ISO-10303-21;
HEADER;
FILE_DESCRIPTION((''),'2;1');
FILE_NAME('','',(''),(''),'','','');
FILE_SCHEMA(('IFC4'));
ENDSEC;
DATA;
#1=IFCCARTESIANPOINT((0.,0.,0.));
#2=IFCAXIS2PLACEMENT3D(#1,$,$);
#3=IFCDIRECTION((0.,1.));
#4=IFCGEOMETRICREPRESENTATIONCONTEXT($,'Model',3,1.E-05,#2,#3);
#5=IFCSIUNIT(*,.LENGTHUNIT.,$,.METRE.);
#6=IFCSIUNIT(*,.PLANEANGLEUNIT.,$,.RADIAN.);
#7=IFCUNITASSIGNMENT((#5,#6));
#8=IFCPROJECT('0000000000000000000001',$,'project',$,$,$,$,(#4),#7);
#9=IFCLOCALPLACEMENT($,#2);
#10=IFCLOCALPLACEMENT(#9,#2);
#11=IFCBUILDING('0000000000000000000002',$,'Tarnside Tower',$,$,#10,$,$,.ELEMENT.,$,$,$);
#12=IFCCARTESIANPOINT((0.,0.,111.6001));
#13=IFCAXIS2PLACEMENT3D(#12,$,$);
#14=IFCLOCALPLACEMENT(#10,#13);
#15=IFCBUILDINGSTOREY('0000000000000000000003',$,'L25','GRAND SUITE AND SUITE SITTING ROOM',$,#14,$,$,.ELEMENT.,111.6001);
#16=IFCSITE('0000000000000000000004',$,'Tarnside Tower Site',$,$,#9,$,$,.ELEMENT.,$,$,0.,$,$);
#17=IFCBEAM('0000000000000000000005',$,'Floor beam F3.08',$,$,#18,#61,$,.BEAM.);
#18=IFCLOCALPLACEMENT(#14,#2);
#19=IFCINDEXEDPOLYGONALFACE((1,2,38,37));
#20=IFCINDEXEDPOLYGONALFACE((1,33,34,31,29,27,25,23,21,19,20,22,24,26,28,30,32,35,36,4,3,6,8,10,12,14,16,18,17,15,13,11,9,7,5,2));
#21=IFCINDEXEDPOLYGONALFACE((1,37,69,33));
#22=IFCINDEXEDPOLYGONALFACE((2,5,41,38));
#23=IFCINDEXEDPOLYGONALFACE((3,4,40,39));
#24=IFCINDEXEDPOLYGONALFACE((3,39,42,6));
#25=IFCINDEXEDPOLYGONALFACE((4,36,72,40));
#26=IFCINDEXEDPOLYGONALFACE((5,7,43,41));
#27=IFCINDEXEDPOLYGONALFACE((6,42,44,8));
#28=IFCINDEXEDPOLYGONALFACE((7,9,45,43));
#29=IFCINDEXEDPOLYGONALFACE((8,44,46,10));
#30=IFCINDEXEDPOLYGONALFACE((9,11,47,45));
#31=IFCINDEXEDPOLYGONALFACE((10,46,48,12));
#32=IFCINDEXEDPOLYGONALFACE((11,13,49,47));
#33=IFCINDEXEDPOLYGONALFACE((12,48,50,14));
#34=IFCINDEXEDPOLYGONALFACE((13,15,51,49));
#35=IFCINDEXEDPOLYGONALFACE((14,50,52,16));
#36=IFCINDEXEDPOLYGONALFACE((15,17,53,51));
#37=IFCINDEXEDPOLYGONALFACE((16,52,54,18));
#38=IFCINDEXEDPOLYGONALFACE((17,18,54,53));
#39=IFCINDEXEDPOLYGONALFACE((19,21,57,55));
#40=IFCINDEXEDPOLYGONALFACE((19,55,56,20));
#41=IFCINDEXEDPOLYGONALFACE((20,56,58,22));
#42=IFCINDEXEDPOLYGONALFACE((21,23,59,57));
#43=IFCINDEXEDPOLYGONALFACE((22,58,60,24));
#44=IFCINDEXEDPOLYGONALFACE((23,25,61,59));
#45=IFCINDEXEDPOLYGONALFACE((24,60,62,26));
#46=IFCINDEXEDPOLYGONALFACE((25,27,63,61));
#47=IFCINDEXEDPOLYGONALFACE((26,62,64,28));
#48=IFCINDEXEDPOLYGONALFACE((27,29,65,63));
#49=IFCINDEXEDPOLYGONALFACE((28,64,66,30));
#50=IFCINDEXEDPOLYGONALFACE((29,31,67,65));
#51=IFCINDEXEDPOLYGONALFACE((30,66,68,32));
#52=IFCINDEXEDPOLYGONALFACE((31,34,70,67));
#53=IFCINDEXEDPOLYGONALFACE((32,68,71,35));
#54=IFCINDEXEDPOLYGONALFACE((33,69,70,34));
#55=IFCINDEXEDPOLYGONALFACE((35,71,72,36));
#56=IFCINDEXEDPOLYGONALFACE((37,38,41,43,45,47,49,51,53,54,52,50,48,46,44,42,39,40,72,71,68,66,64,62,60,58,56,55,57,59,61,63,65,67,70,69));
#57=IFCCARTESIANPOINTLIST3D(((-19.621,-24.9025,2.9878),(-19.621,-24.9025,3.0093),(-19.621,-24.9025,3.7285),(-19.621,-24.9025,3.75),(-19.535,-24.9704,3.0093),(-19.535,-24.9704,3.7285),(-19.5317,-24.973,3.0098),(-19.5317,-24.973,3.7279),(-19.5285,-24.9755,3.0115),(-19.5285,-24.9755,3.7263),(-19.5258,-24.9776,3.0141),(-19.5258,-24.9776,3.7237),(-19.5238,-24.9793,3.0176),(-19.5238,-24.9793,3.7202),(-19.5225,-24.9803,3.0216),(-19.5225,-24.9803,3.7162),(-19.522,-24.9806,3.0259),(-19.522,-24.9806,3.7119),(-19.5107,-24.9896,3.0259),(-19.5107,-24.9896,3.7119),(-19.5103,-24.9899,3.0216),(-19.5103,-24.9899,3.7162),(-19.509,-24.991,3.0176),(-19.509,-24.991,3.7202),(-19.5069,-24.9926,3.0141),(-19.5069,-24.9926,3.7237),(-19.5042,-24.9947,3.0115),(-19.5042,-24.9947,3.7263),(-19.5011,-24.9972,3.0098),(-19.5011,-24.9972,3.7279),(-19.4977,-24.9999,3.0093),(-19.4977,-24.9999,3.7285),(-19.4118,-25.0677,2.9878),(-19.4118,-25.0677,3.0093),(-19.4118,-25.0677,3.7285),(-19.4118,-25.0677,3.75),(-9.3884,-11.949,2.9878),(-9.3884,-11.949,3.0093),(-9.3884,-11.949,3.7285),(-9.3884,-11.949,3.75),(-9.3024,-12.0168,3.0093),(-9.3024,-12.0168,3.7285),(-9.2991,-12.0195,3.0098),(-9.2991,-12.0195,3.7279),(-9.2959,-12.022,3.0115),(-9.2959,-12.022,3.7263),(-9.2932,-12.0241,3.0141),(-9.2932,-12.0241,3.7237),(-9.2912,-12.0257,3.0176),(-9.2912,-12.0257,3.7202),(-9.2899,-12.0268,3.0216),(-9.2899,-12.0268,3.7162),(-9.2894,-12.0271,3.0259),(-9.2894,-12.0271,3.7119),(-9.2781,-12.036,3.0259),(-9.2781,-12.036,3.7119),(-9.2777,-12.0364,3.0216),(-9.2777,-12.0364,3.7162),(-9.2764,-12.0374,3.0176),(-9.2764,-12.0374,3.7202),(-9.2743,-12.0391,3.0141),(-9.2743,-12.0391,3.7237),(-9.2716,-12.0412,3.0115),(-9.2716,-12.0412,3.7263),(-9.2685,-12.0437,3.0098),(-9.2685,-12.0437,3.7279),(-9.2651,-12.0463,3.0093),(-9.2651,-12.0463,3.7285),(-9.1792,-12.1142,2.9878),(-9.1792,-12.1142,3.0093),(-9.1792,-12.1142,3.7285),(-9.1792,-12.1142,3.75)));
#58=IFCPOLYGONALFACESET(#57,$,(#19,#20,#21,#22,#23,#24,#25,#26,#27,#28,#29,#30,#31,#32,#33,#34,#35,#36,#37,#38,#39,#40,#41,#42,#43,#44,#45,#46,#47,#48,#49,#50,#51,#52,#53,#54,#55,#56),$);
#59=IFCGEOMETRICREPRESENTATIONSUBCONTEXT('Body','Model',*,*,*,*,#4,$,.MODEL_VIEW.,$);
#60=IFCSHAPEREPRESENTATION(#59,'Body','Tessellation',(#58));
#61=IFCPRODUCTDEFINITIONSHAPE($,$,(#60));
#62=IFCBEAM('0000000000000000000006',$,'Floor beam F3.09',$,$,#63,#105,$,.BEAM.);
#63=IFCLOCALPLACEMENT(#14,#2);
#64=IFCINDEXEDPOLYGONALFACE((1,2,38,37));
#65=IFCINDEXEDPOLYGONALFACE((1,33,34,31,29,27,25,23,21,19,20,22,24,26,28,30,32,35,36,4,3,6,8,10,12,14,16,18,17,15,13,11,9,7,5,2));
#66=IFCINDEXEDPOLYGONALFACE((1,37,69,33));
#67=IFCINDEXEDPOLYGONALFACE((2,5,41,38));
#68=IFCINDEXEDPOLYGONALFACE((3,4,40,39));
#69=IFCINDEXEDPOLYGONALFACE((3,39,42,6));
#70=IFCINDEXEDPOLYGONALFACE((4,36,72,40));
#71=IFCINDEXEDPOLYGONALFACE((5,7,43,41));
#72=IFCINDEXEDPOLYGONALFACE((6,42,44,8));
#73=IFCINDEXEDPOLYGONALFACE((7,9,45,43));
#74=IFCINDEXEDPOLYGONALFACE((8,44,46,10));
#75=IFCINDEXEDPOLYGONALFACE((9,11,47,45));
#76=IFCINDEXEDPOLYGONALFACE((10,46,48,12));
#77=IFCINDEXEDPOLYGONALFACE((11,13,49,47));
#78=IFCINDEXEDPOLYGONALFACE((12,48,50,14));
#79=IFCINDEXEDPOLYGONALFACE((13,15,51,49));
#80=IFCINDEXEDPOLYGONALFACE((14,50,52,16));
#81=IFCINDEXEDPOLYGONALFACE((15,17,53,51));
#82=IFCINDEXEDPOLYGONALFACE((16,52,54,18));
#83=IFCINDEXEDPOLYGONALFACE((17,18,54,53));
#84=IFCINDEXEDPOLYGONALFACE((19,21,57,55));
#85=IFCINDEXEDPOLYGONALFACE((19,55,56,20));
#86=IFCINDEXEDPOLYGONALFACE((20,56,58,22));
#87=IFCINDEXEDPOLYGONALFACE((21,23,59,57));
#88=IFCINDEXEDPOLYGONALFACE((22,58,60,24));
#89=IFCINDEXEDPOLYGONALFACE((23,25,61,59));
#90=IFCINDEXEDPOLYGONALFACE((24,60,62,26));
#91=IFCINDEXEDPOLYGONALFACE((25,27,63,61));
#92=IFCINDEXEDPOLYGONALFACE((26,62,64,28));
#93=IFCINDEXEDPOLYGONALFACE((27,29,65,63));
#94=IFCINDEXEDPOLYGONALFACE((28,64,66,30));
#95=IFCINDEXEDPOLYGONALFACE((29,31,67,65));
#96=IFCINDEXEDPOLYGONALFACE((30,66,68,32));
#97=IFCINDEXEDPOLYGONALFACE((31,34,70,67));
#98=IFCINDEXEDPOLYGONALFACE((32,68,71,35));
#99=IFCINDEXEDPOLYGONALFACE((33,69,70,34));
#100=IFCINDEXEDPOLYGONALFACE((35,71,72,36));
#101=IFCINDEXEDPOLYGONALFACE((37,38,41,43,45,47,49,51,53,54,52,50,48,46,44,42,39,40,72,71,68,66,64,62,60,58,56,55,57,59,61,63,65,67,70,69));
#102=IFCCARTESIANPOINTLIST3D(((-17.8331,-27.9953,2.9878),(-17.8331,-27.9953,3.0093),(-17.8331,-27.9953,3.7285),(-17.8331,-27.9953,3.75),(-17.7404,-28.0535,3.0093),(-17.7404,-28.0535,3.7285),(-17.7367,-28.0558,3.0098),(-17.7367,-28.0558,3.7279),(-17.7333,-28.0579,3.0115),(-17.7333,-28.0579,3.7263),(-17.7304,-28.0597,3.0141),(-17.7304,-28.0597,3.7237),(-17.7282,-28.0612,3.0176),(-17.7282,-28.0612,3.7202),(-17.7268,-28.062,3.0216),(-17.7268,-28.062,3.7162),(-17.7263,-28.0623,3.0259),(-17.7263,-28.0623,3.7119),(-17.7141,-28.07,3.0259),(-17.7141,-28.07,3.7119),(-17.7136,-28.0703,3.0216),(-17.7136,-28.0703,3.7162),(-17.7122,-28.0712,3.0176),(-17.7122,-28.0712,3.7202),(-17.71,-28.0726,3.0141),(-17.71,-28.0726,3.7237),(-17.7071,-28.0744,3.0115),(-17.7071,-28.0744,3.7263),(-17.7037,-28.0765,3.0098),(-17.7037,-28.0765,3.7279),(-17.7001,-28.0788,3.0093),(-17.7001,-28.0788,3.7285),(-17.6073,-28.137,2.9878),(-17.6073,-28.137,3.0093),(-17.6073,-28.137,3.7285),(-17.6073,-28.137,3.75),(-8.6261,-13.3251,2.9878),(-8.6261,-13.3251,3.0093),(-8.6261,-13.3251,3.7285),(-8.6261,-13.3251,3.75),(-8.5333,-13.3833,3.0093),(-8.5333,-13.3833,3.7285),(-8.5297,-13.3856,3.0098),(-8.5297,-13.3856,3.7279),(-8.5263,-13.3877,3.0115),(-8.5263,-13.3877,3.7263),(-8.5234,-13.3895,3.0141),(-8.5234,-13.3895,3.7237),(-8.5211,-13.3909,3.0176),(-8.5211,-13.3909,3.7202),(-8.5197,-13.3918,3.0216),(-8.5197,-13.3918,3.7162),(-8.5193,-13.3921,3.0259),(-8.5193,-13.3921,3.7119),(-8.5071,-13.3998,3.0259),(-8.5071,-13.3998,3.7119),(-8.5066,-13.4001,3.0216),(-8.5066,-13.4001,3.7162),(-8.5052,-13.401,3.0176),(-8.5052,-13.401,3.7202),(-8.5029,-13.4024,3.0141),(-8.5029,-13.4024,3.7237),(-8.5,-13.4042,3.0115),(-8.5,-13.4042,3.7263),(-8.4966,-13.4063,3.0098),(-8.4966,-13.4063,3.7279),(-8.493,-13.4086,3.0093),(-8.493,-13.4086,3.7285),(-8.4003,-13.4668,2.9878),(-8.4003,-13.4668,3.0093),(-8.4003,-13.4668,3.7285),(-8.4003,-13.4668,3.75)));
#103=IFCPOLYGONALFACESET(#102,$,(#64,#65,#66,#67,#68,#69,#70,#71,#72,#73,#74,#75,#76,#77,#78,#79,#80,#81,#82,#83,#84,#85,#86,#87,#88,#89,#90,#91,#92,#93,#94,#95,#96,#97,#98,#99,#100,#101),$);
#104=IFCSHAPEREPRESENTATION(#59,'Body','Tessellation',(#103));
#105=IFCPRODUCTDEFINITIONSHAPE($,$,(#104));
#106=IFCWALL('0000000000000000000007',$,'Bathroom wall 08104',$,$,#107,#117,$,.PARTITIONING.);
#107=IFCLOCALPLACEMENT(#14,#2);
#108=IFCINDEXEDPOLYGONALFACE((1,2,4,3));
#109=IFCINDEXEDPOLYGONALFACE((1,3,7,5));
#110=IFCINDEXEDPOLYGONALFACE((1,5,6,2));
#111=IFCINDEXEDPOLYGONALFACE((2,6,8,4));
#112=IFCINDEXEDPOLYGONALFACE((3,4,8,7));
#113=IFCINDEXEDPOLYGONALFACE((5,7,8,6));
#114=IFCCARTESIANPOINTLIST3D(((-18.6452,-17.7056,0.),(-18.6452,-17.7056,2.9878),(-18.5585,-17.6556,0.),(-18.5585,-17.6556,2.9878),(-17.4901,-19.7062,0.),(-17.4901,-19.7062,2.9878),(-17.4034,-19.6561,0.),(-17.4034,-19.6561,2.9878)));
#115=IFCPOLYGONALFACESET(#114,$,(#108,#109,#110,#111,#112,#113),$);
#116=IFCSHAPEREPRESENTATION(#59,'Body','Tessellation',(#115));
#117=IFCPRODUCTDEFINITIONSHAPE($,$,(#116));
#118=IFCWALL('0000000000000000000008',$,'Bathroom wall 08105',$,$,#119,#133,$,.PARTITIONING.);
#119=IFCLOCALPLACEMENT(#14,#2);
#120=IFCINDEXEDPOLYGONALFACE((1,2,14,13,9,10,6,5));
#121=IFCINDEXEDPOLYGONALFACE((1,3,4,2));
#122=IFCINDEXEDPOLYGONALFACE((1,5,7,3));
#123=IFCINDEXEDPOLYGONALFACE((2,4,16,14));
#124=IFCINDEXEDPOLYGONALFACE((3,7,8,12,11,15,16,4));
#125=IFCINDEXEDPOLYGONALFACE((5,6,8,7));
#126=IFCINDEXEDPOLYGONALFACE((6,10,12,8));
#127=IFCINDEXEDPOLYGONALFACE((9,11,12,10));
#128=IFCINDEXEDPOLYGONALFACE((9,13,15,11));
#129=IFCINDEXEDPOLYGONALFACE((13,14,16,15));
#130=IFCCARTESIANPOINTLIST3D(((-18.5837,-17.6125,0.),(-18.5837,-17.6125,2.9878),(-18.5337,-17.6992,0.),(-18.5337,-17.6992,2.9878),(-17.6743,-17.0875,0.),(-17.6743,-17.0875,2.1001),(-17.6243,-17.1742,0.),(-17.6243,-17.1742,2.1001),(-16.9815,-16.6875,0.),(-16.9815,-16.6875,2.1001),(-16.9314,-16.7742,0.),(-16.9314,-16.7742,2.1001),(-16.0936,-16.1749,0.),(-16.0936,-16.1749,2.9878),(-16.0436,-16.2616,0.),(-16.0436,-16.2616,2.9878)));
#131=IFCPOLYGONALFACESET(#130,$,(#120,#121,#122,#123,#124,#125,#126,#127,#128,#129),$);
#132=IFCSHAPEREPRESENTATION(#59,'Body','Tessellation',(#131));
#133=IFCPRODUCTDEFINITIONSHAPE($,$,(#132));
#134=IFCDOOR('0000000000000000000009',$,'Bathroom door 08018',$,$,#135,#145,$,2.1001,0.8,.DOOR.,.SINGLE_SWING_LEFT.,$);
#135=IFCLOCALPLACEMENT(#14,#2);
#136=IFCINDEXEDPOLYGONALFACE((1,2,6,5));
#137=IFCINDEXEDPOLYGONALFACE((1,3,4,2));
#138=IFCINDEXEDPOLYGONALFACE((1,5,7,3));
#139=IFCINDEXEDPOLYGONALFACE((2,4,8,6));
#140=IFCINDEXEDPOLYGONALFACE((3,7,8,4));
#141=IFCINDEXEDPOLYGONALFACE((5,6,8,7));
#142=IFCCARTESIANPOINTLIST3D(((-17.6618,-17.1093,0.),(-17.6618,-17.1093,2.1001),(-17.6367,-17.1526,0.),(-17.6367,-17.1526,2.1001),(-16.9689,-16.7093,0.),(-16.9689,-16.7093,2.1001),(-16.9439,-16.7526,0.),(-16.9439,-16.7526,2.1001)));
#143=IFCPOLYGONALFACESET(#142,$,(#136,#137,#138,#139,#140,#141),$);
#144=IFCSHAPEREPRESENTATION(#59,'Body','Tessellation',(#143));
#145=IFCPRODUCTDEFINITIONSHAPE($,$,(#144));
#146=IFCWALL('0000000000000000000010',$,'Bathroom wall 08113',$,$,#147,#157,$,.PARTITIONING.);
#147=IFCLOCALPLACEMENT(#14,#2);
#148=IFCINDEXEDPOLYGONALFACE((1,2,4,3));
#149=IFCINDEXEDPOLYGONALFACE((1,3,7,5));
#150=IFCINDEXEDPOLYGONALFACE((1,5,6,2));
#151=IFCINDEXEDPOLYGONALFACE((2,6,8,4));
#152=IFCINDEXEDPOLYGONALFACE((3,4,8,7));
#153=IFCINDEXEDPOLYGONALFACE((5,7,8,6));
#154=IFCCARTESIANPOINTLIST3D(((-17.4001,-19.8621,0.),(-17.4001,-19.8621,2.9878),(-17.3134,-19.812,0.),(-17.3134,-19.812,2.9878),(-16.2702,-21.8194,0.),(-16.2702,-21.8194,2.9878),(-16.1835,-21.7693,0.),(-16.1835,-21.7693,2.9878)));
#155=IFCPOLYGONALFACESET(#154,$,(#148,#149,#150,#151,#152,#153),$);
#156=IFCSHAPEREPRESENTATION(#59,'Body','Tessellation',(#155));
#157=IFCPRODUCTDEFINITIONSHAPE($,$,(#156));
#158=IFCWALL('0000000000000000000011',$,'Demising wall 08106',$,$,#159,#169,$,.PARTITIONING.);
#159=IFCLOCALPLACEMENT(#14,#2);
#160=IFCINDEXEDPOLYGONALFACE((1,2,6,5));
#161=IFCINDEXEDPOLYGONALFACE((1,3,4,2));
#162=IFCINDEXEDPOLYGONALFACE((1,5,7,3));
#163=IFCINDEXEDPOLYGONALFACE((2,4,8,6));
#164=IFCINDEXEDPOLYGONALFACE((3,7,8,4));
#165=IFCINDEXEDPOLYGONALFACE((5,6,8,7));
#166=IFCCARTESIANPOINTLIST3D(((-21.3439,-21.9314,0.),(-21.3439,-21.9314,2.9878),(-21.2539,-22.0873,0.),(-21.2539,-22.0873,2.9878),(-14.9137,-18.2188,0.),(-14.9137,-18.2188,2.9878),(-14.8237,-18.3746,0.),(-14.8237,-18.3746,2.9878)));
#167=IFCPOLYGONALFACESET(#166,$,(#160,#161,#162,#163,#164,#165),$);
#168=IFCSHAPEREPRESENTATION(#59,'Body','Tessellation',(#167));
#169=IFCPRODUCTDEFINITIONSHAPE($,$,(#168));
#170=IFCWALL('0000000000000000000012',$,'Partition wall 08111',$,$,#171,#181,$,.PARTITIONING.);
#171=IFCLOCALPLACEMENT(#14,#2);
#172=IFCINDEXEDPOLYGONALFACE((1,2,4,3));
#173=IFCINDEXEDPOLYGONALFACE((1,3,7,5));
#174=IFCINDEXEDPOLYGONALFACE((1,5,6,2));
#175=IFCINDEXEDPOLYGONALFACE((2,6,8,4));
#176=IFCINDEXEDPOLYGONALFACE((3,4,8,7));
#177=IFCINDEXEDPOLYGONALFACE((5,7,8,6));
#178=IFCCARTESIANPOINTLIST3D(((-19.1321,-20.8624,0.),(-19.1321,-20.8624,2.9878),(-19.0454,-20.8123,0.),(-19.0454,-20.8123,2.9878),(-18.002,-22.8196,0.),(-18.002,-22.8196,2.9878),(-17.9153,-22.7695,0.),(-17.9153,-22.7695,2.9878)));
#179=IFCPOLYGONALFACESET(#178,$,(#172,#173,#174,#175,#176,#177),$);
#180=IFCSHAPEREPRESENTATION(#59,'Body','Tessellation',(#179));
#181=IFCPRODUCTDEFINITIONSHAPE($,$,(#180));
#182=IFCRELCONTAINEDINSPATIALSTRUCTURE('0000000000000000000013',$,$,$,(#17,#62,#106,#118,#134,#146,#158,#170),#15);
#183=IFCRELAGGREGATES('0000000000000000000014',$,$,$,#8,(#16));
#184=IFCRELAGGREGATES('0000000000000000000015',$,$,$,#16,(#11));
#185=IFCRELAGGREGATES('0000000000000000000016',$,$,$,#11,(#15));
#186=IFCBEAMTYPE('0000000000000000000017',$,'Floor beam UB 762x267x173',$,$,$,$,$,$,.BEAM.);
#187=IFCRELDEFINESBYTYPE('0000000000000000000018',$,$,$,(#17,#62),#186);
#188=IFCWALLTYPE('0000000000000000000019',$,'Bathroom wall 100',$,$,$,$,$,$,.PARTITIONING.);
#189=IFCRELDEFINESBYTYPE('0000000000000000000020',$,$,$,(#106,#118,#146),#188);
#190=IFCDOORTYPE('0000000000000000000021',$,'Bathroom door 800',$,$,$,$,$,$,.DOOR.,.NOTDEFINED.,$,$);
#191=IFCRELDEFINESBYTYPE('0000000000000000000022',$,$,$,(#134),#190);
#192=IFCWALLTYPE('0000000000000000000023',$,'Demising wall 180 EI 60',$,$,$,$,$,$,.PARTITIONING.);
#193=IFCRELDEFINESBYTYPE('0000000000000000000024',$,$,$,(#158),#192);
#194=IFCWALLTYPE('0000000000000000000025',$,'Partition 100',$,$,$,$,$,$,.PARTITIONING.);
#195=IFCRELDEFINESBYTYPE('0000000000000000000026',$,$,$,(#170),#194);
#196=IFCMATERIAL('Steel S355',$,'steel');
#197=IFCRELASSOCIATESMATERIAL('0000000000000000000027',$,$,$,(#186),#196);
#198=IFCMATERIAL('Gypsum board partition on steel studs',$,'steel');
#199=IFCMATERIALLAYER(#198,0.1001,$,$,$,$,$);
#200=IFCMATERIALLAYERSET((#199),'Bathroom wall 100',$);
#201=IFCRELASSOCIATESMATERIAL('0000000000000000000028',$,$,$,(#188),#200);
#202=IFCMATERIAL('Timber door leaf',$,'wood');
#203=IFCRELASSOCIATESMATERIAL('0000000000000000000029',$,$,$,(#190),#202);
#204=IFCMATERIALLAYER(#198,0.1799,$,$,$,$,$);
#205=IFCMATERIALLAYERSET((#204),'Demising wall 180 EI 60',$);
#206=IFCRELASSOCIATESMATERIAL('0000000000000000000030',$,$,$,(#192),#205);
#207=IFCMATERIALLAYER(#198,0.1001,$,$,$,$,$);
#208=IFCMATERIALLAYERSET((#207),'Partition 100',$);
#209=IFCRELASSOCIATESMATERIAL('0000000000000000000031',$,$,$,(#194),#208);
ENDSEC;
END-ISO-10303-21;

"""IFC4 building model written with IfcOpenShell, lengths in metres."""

from ifc_helpers import new_model, si_unit, direction, frame, frame_2d, origin, origin_2d, place, context, subcontext, project, spatial, rectangle, i_section, extrude, material, layer, layer_set, material_profile, profile_set, type_object, element, fill, save


model = new_model("IFC4")

# Units and contexts
model_context = context("Model", 3, precision=1e-05, world=origin(), true_north=direction((0.0, 1.0)))
body_context = subcontext(model_context, "Body", "Model", "MODEL_VIEW")
ifc_project = project(units=[si_unit("LENGTHUNIT", "METRE"), si_unit("PLANEANGLEUNIT", "RADIAN")], contexts=[model_context])

# Site, building, storey
site_placement = place(None, origin())
site = spatial("IfcSite", under=ifc_project, at=site_placement, Name="Tarnside Tower Site", CompositionType="ELEMENT", RefElevation=0.0)
building_placement = place(site_placement, origin())
building = spatial("IfcBuilding", under=site, at=building_placement, Name="Tarnside Tower", CompositionType="ELEMENT")
storey_placement = place(building_placement, frame((0.0, 0.0, 111.6001)))
storey = spatial("IfcBuildingStorey", under=building, at=storey_placement, Name="L25", Description="GRAND SUITE AND SUITE SITTING ROOM", CompositionType="ELEMENT", Elevation=111.6001)

# Beams
ifc_material_1 = material(Name="Steel S355", Category="steel")
ifc_material_profile_1 = material_profile(ifc_material_1, i_section(OverallWidth=0.2666, OverallDepth=0.7622, WebThickness=0.0144, FlangeThickness=0.0215, FilletRadius=0.0166, at=origin_2d()), Name="UB 762x267x173")
ifc_profile_set_1 = profile_set([ifc_material_profile_1], Name="Steel S355")
beam_type_1 = type_object("IfcBeamType", Name="Floor beam UB 762x267x173", PredefinedType="BEAM", material=ifc_profile_set_1)
beam_1_placement = place(storey_placement, frame((-19.5164, -24.9851, 3.3689), z_axis=(0.619873, 0.784702, 0.0), x_axis=(-0.784702, 0.619873, 0.0)))
element("IfcBeam", 1, at=beam_1_placement, inside=storey, type_object=beam_type_1, Name="Floor beam F3.08", PredefinedType="BEAM", context=body_context, shape_type="SweptSolid", body=[
    extrude(i_section(OverallWidth=0.2666, OverallDepth=0.7622, WebThickness=0.0144, FlangeThickness=0.0215, FilletRadius=0.0166, at=origin_2d()), origin(), (0.0, 0.0, 1.0), 16.5076),
])
beam_2_placement = place(storey_placement, frame((-17.7202, -28.0662, 3.3689), z_axis=(0.531583, 0.847006, 0.0), x_axis=(-0.847006, 0.531583, 0.0)))
element("IfcBeam", 2, at=beam_2_placement, inside=storey, type_object=beam_type_1, Name="Floor beam F3.09", PredefinedType="BEAM", context=body_context, shape_type="SweptSolid", body=[
    extrude(i_section(OverallWidth=0.2666, OverallDepth=0.7622, WebThickness=0.0144, FlangeThickness=0.0215, FilletRadius=0.0166, at=origin_2d()), origin(), (0.0, 0.0, 1.0), 17.3201),
])

# Wall
ifc_material_2 = material(Name="Gypsum board partition on steel studs", Category="steel")
ifc_layer_1 = layer(ifc_material_2, 0.1001)
ifc_layer_set_1 = layer_set([ifc_layer_1], Name="Bathroom wall 100")
wall_type_1 = type_object("IfcWallType", Name="Bathroom wall 100", PredefinedType="PARTITIONING", material=ifc_layer_set_1)
wall_1_placement = place(storey_placement, frame((-17.4468, -19.6812, 0.0), z_axis=(0.0, 0.0, 1.0), x_axis=(-0.500015, 0.866017, 0.0)))
element("IfcWall", 3, at=wall_1_placement, inside=storey, type_object=wall_type_1, Name="Bathroom wall 08104", PredefinedType="PARTITIONING", context=body_context, shape_type="SweptSolid", body=[
    extrude(rectangle(XDim=2.3101, YDim=0.1001, at=frame_2d((1.155, 0.0))), origin(), (0.0, 0.0, 1.0), 2.9878),
])

# Wall, opening, door
wall_2_placement = place(storey_placement, frame((-18.5586, -17.6558, 0.0), z_axis=(0.0, 0.0, 1.0), x_axis=(0.86604, 0.499975, 0.0)))
wall_2 = element("IfcWall", 4, at=wall_2_placement, inside=storey, type_object=wall_type_1, Name="Bathroom wall 08105", PredefinedType="PARTITIONING", context=body_context, shape_type="SweptSolid", body=[
    extrude(rectangle(XDim=2.8752, YDim=0.1001, at=frame_2d((1.4375, 0.0))), origin(), (0.0, 0.0, 1.0), 2.9878),
])
opening_placement = place(wall_2_placement, frame((1.05, 0.0, 0.0)))
opening = element("IfcOpeningElement", 5, at=opening_placement, cuts=wall_2, PredefinedType="OPENING", context=body_context, shape_type="SweptSolid", body=[
    extrude(rectangle(XDim=0.8, YDim=2.1001, at=frame_2d((0.3999, 1.05))), frame((0.0, 0.0601, 0.0), z_axis=(0.0, -1.0, 0.0), x_axis=(1.0, 0.0, 0.0)), (0.0, 0.0, 1.0), 0.1201),
])
ifc_material_3 = material(Name="Timber door leaf", Category="wood")
door_type = type_object("IfcDoorType", Name="Bathroom door 800", OperationType="NOTDEFINED", PredefinedType="DOOR", material=ifc_material_3)
door_placement = place(opening_placement, origin())
door = element("IfcDoor", 6, at=door_placement, inside=storey, type_object=door_type, Name="Bathroom door 08018", OperationType="SINGLE_SWING_LEFT", OverallHeight=2.1001, OverallWidth=0.8, PredefinedType="DOOR", context=body_context, shape_type="SweptSolid", body=[
    extrude(rectangle(XDim=0.8, YDim=2.1001, at=frame_2d((0.3999, 1.05))), frame((0.0, 0.0249, 0.0), z_axis=(0.0, -1.0, 0.0), x_axis=(1.0, 0.0, 0.0)), (0.0, 0.0, 1.0), 0.05),
])
fill(opening, door)

# Walls
wall_3_placement = place(storey_placement, frame((-17.3567, -19.8372, 0.0), z_axis=(0.0, 0.0, 1.0), x_axis=(0.49995, -0.866054, 0.0)))
element("IfcWall", 7, at=wall_3_placement, inside=storey, type_object=wall_type_1, Name="Bathroom wall 08113", PredefinedType="PARTITIONING", context=body_context, shape_type="SweptSolid", body=[
    extrude(rectangle(XDim=2.26, YDim=0.1001, at=frame_2d((1.1299, 0.0))), origin(), (0.0, 0.0, 1.0), 2.9878),
])
ifc_layer_2 = layer(ifc_material_2, 0.1799)
ifc_layer_set_2 = layer_set([ifc_layer_2], Name="Demising wall 180 EI 60")
wall_type_2 = type_object("IfcWallType", Name="Demising wall 180 EI 60", PredefinedType="PARTITIONING", material=ifc_layer_set_2)
wall_4_placement = place(storey_placement, frame((-21.2988, -22.0093, 0.0), z_axis=(0.0, 0.0, 1.0), x_axis=(0.866015, 0.500018, 0.0)))
element("IfcWall", 8, at=wall_4_placement, inside=storey, type_object=wall_type_2, Name="Demising wall 08106", PredefinedType="PARTITIONING", context=body_context, shape_type="SweptSolid", body=[
    extrude(rectangle(XDim=7.425, YDim=0.1799, at=frame_2d((3.7124, 0.0))), origin(), (0.0, 0.0, 1.0), 2.9878),
])
ifc_layer_3 = layer(ifc_material_2, 0.1001)
ifc_layer_set_3 = layer_set([ifc_layer_3], Name="Partition 100")
wall_type_3 = type_object("IfcWallType", Name="Partition 100", PredefinedType="PARTITIONING", material=ifc_layer_set_3)
wall_5_placement = place(storey_placement, frame((-17.9587, -22.7944, 0.0), z_axis=(0.0, 0.0, 1.0), x_axis=(-0.500031, 0.866007, 0.0)))
element("IfcWall", 9, at=wall_5_placement, inside=storey, type_object=wall_type_3, Name="Partition wall 08111", PredefinedType="PARTITIONING", context=body_context, shape_type="SweptSolid", body=[
    extrude(rectangle(XDim=2.26, YDim=0.1001, at=frame_2d((1.1299, 0.0))), origin(), (0.0, 0.0, 1.0), 2.9878),
])

save(model, "model.ifc")
